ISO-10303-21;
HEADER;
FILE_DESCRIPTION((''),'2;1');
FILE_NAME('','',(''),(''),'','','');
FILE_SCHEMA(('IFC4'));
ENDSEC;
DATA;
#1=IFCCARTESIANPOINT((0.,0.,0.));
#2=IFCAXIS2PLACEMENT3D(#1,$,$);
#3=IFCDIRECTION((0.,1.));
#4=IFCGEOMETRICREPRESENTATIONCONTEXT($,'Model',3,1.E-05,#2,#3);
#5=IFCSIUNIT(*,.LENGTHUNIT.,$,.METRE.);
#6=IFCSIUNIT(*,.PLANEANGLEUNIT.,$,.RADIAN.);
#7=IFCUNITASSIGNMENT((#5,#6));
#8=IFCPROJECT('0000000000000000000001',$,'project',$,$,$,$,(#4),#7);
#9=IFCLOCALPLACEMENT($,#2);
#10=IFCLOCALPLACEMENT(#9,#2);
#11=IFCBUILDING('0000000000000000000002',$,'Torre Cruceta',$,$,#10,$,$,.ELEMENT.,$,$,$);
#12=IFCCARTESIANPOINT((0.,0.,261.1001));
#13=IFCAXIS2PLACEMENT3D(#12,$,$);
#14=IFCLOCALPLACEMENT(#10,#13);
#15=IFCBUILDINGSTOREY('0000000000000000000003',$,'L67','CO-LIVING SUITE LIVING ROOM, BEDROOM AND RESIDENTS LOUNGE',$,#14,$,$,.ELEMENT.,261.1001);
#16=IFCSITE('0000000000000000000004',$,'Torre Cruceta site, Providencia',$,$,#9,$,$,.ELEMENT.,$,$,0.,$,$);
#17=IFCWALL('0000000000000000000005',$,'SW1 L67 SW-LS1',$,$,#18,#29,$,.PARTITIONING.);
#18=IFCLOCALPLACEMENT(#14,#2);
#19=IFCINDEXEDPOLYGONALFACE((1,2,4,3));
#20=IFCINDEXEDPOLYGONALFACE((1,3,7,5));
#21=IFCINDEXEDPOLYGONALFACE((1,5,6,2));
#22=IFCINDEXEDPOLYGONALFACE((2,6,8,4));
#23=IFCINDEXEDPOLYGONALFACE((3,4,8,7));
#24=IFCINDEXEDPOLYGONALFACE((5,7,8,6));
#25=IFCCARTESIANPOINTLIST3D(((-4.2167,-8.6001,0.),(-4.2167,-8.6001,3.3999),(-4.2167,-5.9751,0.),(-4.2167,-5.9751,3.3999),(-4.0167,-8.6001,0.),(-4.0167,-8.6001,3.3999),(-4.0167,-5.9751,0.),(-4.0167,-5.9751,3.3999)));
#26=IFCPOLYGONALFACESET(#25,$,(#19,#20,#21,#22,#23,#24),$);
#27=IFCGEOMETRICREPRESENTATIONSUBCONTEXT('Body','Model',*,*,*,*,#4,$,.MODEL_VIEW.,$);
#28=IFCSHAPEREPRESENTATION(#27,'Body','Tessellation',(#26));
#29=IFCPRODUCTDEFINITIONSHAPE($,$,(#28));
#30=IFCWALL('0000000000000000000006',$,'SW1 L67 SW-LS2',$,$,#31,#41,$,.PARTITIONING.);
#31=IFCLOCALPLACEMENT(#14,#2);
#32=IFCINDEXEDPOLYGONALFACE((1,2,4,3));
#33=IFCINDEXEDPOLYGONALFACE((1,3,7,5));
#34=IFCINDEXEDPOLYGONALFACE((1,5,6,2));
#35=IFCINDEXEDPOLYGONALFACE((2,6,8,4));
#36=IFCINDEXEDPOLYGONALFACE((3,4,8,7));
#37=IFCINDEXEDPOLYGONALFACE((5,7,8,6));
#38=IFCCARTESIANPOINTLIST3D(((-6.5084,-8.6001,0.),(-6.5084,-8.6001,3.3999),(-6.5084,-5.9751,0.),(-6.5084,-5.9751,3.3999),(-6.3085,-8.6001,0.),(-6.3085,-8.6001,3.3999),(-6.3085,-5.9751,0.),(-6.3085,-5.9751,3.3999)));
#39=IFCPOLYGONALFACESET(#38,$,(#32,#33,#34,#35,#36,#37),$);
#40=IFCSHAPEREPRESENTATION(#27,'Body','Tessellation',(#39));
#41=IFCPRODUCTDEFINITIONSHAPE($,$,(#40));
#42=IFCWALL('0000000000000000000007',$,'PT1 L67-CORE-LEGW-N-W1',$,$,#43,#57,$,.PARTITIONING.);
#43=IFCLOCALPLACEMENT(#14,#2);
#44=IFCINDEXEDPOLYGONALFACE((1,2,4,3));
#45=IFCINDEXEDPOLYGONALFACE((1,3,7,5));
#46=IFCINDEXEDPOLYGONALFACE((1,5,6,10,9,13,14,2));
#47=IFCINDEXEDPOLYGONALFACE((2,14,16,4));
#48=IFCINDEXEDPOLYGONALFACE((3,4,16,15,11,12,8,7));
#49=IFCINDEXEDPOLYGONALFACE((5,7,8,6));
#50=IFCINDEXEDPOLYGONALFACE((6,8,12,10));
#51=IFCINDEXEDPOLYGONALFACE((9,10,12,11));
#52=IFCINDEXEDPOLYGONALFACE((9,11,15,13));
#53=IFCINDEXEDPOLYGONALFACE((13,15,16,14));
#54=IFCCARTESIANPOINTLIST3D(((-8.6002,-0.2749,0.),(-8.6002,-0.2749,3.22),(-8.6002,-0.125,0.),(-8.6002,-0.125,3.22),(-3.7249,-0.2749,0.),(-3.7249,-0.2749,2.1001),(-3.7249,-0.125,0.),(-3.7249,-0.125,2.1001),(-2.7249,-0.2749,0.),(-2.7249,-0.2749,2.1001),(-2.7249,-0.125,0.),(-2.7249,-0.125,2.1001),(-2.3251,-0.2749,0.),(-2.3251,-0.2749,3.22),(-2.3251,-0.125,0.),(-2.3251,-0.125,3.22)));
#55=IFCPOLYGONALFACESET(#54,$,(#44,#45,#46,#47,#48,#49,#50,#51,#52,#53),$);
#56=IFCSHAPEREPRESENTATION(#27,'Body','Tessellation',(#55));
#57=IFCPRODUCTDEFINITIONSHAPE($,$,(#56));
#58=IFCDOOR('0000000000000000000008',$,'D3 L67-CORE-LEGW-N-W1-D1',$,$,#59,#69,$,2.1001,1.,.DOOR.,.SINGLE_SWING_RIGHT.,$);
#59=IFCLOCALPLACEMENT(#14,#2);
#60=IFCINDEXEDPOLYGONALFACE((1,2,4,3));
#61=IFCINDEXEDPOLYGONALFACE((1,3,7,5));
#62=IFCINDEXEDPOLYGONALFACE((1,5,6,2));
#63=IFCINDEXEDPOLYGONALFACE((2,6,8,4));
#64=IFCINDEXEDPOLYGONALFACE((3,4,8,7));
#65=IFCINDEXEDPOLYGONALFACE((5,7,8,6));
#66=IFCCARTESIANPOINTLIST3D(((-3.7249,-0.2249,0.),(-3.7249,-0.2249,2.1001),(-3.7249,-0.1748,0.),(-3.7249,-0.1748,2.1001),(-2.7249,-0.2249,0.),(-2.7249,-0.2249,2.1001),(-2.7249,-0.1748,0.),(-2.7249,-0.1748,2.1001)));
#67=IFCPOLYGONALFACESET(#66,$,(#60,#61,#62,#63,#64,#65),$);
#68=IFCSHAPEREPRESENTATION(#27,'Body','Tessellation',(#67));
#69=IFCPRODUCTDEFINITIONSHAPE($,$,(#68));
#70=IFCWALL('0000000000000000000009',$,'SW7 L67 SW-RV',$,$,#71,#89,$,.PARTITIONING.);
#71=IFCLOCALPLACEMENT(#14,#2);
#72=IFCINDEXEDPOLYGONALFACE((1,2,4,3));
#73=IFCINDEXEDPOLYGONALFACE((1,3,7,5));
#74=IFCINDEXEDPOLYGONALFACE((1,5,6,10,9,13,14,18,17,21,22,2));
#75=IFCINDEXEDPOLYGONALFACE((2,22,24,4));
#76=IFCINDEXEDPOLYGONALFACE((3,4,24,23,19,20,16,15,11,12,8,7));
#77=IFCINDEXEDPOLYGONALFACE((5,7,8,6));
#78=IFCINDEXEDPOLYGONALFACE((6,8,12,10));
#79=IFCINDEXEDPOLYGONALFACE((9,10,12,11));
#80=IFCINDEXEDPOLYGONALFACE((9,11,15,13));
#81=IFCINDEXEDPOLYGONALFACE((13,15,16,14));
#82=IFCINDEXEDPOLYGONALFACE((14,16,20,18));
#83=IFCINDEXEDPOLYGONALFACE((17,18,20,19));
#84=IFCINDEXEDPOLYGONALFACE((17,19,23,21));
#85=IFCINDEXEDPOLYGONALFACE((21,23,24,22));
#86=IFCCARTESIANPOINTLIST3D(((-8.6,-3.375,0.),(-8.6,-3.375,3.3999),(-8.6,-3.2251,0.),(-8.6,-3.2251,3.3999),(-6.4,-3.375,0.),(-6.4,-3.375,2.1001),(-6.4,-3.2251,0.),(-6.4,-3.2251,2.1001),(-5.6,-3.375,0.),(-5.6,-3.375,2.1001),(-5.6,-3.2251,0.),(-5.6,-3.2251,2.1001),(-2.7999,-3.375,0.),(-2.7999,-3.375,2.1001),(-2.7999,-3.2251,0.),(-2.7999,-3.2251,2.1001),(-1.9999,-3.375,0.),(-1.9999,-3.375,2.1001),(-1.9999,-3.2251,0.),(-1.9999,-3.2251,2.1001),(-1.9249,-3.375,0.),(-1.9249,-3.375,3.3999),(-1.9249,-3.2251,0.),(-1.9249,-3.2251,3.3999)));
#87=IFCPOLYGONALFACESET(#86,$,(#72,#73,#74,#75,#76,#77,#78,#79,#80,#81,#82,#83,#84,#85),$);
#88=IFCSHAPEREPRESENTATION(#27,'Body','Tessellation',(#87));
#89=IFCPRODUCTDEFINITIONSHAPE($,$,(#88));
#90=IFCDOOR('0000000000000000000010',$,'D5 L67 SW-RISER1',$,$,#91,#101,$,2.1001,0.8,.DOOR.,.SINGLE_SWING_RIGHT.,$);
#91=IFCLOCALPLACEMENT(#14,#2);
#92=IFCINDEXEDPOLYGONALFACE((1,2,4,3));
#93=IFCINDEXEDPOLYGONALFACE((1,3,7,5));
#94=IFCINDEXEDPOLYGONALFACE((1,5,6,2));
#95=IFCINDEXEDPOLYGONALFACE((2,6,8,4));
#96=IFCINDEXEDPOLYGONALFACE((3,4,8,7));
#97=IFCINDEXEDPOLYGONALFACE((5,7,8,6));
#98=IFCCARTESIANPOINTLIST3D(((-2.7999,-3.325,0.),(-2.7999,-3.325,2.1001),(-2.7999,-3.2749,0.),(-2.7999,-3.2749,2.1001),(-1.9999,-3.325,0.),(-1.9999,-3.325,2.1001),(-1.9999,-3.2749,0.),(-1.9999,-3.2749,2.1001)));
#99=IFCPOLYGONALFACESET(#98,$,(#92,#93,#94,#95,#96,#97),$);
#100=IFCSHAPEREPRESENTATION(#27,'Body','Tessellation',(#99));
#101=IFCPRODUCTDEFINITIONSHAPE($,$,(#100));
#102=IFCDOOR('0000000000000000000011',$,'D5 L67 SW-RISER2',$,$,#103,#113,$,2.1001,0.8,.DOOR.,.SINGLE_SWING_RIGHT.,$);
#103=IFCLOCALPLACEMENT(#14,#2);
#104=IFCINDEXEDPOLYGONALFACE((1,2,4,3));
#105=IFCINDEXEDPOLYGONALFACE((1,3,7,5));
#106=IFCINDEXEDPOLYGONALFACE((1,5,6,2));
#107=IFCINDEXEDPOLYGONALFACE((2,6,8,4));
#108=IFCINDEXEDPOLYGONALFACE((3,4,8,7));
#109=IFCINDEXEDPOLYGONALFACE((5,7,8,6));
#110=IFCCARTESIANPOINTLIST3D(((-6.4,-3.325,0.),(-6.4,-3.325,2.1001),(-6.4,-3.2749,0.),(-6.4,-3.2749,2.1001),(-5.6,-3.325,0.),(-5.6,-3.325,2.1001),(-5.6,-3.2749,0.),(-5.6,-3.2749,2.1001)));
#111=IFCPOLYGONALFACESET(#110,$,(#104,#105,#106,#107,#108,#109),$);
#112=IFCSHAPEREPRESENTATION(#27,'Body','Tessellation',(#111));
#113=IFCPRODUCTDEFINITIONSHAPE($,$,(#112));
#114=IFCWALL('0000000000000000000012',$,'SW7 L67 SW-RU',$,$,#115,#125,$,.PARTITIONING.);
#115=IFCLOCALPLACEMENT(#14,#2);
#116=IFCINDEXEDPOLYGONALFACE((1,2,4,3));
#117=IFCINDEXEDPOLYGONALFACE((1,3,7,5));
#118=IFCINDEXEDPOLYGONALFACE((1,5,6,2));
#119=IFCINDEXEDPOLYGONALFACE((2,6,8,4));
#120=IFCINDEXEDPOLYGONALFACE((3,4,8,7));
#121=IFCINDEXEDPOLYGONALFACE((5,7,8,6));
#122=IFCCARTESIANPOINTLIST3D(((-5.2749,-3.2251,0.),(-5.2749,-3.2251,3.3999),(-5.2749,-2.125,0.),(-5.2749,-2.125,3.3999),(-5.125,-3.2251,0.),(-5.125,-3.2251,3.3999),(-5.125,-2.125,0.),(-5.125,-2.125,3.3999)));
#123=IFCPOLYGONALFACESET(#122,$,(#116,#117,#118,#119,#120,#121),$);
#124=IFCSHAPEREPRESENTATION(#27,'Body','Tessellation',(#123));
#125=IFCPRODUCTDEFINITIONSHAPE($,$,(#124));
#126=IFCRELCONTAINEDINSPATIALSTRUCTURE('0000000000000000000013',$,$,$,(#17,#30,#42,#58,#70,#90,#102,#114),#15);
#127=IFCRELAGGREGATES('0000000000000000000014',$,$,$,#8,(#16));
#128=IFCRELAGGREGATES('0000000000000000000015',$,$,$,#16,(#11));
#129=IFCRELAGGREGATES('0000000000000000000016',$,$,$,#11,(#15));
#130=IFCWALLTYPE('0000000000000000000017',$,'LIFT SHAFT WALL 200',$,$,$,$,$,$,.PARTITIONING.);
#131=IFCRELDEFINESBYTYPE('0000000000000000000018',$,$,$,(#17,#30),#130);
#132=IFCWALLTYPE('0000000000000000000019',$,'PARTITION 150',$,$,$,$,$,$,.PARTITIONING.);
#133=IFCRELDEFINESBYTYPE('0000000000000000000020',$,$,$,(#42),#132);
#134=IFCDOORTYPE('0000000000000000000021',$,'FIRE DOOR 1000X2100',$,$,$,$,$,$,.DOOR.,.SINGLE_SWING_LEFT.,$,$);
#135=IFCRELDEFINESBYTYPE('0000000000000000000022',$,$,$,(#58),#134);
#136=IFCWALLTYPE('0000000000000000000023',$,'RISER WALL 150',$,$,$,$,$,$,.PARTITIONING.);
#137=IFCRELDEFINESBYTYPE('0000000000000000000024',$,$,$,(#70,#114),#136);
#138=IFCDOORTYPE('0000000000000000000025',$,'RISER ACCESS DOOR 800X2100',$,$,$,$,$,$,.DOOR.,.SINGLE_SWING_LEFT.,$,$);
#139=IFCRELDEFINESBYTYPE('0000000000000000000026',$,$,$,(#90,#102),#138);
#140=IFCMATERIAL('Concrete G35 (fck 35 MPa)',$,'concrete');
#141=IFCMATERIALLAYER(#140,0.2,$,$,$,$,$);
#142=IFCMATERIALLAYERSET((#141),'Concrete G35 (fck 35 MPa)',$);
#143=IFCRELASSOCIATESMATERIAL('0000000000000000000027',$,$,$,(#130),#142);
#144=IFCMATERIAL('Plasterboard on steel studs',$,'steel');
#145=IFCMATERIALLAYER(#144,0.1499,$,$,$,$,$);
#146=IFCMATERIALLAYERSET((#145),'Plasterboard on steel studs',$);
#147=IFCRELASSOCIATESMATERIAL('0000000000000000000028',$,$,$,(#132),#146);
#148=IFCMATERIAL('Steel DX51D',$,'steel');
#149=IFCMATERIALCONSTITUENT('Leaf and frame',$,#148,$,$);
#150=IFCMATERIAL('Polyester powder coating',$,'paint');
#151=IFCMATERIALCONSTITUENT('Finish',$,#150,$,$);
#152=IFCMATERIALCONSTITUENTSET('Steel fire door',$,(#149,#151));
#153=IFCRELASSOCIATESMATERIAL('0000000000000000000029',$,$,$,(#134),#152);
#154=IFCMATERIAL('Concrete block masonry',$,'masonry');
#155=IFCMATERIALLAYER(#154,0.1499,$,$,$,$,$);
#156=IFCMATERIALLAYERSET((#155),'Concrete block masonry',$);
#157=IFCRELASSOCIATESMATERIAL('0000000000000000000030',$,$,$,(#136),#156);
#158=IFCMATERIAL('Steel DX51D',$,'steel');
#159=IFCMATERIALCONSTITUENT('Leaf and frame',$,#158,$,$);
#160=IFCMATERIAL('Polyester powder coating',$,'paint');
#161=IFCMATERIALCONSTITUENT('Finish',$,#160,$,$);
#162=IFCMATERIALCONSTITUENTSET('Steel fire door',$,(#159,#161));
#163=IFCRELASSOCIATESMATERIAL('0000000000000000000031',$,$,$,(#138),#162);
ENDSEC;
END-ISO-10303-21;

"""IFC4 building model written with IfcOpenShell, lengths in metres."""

from ifc_helpers import new_model, si_unit, direction, frame, frame_2d, origin, place, context, subcontext, project, spatial, rectangle, extrude, material, layer, layer_set, constituent, constituent_set, type_object, element, fill, save


model = new_model("IFC4")

# Units and contexts
model_context = context("Model", 3, precision=1e-05, world=origin(), true_north=direction((0.0, 1.0)))
body_context = subcontext(model_context, "Body", "Model", "MODEL_VIEW")
ifc_project = project(units=[si_unit("LENGTHUNIT", "METRE"), si_unit("PLANEANGLEUNIT", "RADIAN")], contexts=[model_context])

# Site, building, storey
site_placement = place(None, origin())
site = spatial("IfcSite", under=ifc_project, at=site_placement, Name="Torre Cruceta site, Providencia", CompositionType="ELEMENT", RefElevation=0.0)
building_placement = place(site_placement, origin())
building = spatial("IfcBuilding", under=site, at=building_placement, Name="Torre Cruceta", CompositionType="ELEMENT")
storey_placement = place(building_placement, frame((0.0, 0.0, 261.1001)))
storey = spatial("IfcBuildingStorey", under=building, at=storey_placement, Name="L67", Description="CO-LIVING SUITE LIVING ROOM, BEDROOM AND RESIDENTS LOUNGE", CompositionType="ELEMENT", Elevation=261.1001)

# Walls
ifc_material_1 = material(Name="Concrete G35 (fck 35 MPa)", Category="concrete")
ifc_layer_1 = layer(ifc_material_1, 0.2)
ifc_layer_set_1 = layer_set([ifc_layer_1], Name="Concrete G35 (fck 35 MPa)")
wall_type_1 = type_object("IfcWallType", Name="LIFT SHAFT WALL 200", PredefinedType="PARTITIONING", material=ifc_layer_set_1)
for number, where, z_axis, x_axis, name in (
    (1, (-4.1167, -5.9751, 0.0), (0.0, 0.0, 1.0), (0.0, -1.0, 0.0), "SW1 L67 SW-LS1"),
    (2, (-6.4084, -5.9751, 0.0), (0.0, 0.0, 1.0), (0.0, -1.0, 0.0), "SW1 L67 SW-LS2"),
):
    element("IfcWall", number, at=place(storey_placement, frame(where, z_axis=z_axis, x_axis=x_axis)), inside=storey, type_object=wall_type_1, Name=name, PredefinedType="PARTITIONING", context=body_context, shape_type="SweptSolid", body=[
        extrude(rectangle(XDim=2.625, YDim=0.2, at=frame_2d((1.3125, 0.0))), origin(), (0.0, 0.0, 1.0), 3.3999),
    ])

# Wall, opening, door
ifc_material_2 = material(Name="Plasterboard on steel studs", Category="steel")
ifc_layer_2 = layer(ifc_material_2, 0.1499)
ifc_layer_set_2 = layer_set([ifc_layer_2], Name="Plasterboard on steel studs")
wall_type_2 = type_object("IfcWallType", Name="PARTITION 150", PredefinedType="PARTITIONING", material=ifc_layer_set_2)
wall_1_placement = place(storey_placement, frame((-2.325, -0.2, 0.0), z_axis=(0.0, 0.0, 1.0), x_axis=(-1.0, 0.0, 0.0)))
wall_1 = element("IfcWall", 3, at=wall_1_placement, inside=storey, type_object=wall_type_2, Name="PT1 L67-CORE-LEGW-N-W1", PredefinedType="PARTITIONING", context=body_context, shape_type="SweptSolid", body=[
    extrude(rectangle(XDim=6.2751, YDim=0.1499, at=frame_2d((3.1377, 0.0))), origin(), (0.0, 0.0, 1.0), 3.22),
])
opening_1_placement = place(wall_1_placement, frame((0.3999, 0.0, 0.0)))
opening_1 = element("IfcOpeningElement", 4, at=opening_1_placement, cuts=wall_1, PredefinedType="OPENING", context=body_context, shape_type="SweptSolid", body=[
    extrude(rectangle(XDim=1.0, YDim=2.1001, at=frame_2d((0.5, 1.05))), frame((0.0, 0.085, 0.0), z_axis=(0.0, -1.0, 0.0), x_axis=(1.0, 0.0, 0.0)), (0.0, 0.0, 1.0), 0.1699),
])
ifc_material_3 = material(Name="Steel DX51D", Category="steel")
ifc_constituent_1 = constituent(ifc_material_3, Name="Leaf and frame")
ifc_material_4 = material(Name="Polyester powder coating", Category="paint")
ifc_constituent_2 = constituent(ifc_material_4, Name="Finish")
ifc_constituent_set_1 = constituent_set(constituents=[ifc_constituent_1, ifc_constituent_2], Name="Steel fire door")
door_type_1 = type_object("IfcDoorType", Name="FIRE DOOR 1000X2100", OperationType="SINGLE_SWING_LEFT", PredefinedType="DOOR", material=ifc_constituent_set_1)
door_1_placement = place(opening_1_placement, frame((1.0, 0.0, 0.0), z_axis=(0.0, 0.0, 1.0), x_axis=(-1.0, 0.0, 0.0)))
door_1 = element("IfcDoor", 5, at=door_1_placement, inside=storey, type_object=door_type_1, Name="D3 L67-CORE-LEGW-N-W1-D1", OperationType="SINGLE_SWING_RIGHT", OverallHeight=2.1001, OverallWidth=1.0, PredefinedType="DOOR", context=body_context, shape_type="SweptSolid", body=[
    extrude(rectangle(XDim=1.0, YDim=2.1001, at=frame_2d((0.5, 1.05))), frame((0.0, 0.0251, 0.0), z_axis=(0.0, -1.0, 0.0), x_axis=(1.0, 0.0, 0.0)), (0.0, 0.0, 1.0), 0.05),
])
fill(opening_1, door_1)

# Wall, openings, doors
ifc_material_5 = material(Name="Concrete block masonry", Category="masonry")
ifc_layer_3 = layer(ifc_material_5, 0.1499)
ifc_layer_set_3 = layer_set([ifc_layer_3], Name="Concrete block masonry")
wall_type_3 = type_object("IfcWallType", Name="RISER WALL 150", PredefinedType="PARTITIONING", material=ifc_layer_set_3)
wall_2_placement = place(storey_placement, frame((-1.925, -3.3, 0.0), z_axis=(0.0, 0.0, 1.0), x_axis=(-1.0, 0.0, 0.0)))
wall_2 = element("IfcWall", 6, at=wall_2_placement, inside=storey, type_object=wall_type_3, Name="SW7 L67 SW-RV", PredefinedType="PARTITIONING", context=body_context, shape_type="SweptSolid", body=[
    extrude(rectangle(XDim=6.675, YDim=0.1499, at=frame_2d((3.3374, 0.0))), origin(), (0.0, 0.0, 1.0), 3.3999),
])
opening_2_placement = place(wall_2_placement, frame((0.075, 0.0, 0.0)))
opening_2 = element("IfcOpeningElement", 7, at=opening_2_placement, cuts=wall_2, PredefinedType="OPENING", context=body_context, shape_type="SweptSolid", body=[
    extrude(rectangle(XDim=0.8, YDim=2.1001, at=frame_2d((0.3999, 1.05))), frame((0.0, 0.085, 0.0), z_axis=(0.0, -1.0, 0.0), x_axis=(1.0, 0.0, 0.0)), (0.0, 0.0, 1.0), 0.1699),
])
opening_3_placement = place(wall_2_placement, frame((3.675, 0.0, 0.0)))
opening_3 = element("IfcOpeningElement", 8, at=opening_3_placement, cuts=wall_2, PredefinedType="OPENING", context=body_context, shape_type="SweptSolid", body=[
    extrude(rectangle(XDim=0.8, YDim=2.1001, at=frame_2d((0.3999, 1.05))), frame((0.0, 0.085, 0.0), z_axis=(0.0, -1.0, 0.0), x_axis=(1.0, 0.0, 0.0)), (0.0, 0.0, 1.0), 0.1699),
])
ifc_material_6 = material(Name="Steel DX51D", Category="steel")
ifc_constituent_3 = constituent(ifc_material_6, Name="Leaf and frame")
ifc_material_7 = material(Name="Polyester powder coating", Category="paint")
ifc_constituent_4 = constituent(ifc_material_7, Name="Finish")
ifc_constituent_set_2 = constituent_set(constituents=[ifc_constituent_3, ifc_constituent_4], Name="Steel fire door")
door_type_2 = type_object("IfcDoorType", Name="RISER ACCESS DOOR 800X2100", OperationType="SINGLE_SWING_LEFT", PredefinedType="DOOR", material=ifc_constituent_set_2)
door_2_placement = place(opening_2_placement, frame((0.8, 0.0, 0.0), z_axis=(0.0, 0.0, 1.0), x_axis=(-1.0, 0.0, 0.0)))
door_2 = element("IfcDoor", 9, at=door_2_placement, inside=storey, type_object=door_type_2, Name="D5 L67 SW-RISER1", OperationType="SINGLE_SWING_RIGHT", OverallHeight=2.1001, OverallWidth=0.8, PredefinedType="DOOR", context=body_context, shape_type="SweptSolid", body=[
    extrude(rectangle(XDim=0.8, YDim=2.1001, at=frame_2d((0.4001, 1.05))), frame((0.0, 0.0251, 0.0), z_axis=(0.0, -1.0, 0.0), x_axis=(1.0, 0.0, 0.0)), (0.0, 0.0, 1.0), 0.05),
])
fill(opening_2, door_2)
door_3_placement = place(opening_3_placement, frame((0.8, 0.0, 0.0), z_axis=(0.0, 0.0, 1.0), x_axis=(-1.0, 0.0, 0.0)))
door_3 = element("IfcDoor", 10, at=door_3_placement, inside=storey, type_object=door_type_2, Name="D5 L67 SW-RISER2", OperationType="SINGLE_SWING_RIGHT", OverallHeight=2.1001, OverallWidth=0.8, PredefinedType="DOOR", context=body_context, shape_type="SweptSolid", body=[
    extrude(rectangle(XDim=0.8, YDim=2.1001, at=frame_2d((0.4001, 1.05))), frame((0.0, 0.0251, 0.0), z_axis=(0.0, -1.0, 0.0), x_axis=(1.0, 0.0, 0.0)), (0.0, 0.0, 1.0), 0.05),
])
fill(opening_3, door_3)

# Wall
wall_3_placement = place(storey_placement, frame((-5.2, -2.125, 0.0), z_axis=(0.0, 0.0, 1.0), x_axis=(0.0, -1.0, 0.0)))
element("IfcWall", 11, at=wall_3_placement, inside=storey, type_object=wall_type_3, Name="SW7 L67 SW-RU", PredefinedType="PARTITIONING", context=body_context, shape_type="SweptSolid", body=[
    extrude(rectangle(XDim=1.1001, YDim=0.1499, at=frame_2d((0.55, 0.0))), origin(), (0.0, 0.0, 1.0), 3.3999),
])

save(model, "model.ifc")
